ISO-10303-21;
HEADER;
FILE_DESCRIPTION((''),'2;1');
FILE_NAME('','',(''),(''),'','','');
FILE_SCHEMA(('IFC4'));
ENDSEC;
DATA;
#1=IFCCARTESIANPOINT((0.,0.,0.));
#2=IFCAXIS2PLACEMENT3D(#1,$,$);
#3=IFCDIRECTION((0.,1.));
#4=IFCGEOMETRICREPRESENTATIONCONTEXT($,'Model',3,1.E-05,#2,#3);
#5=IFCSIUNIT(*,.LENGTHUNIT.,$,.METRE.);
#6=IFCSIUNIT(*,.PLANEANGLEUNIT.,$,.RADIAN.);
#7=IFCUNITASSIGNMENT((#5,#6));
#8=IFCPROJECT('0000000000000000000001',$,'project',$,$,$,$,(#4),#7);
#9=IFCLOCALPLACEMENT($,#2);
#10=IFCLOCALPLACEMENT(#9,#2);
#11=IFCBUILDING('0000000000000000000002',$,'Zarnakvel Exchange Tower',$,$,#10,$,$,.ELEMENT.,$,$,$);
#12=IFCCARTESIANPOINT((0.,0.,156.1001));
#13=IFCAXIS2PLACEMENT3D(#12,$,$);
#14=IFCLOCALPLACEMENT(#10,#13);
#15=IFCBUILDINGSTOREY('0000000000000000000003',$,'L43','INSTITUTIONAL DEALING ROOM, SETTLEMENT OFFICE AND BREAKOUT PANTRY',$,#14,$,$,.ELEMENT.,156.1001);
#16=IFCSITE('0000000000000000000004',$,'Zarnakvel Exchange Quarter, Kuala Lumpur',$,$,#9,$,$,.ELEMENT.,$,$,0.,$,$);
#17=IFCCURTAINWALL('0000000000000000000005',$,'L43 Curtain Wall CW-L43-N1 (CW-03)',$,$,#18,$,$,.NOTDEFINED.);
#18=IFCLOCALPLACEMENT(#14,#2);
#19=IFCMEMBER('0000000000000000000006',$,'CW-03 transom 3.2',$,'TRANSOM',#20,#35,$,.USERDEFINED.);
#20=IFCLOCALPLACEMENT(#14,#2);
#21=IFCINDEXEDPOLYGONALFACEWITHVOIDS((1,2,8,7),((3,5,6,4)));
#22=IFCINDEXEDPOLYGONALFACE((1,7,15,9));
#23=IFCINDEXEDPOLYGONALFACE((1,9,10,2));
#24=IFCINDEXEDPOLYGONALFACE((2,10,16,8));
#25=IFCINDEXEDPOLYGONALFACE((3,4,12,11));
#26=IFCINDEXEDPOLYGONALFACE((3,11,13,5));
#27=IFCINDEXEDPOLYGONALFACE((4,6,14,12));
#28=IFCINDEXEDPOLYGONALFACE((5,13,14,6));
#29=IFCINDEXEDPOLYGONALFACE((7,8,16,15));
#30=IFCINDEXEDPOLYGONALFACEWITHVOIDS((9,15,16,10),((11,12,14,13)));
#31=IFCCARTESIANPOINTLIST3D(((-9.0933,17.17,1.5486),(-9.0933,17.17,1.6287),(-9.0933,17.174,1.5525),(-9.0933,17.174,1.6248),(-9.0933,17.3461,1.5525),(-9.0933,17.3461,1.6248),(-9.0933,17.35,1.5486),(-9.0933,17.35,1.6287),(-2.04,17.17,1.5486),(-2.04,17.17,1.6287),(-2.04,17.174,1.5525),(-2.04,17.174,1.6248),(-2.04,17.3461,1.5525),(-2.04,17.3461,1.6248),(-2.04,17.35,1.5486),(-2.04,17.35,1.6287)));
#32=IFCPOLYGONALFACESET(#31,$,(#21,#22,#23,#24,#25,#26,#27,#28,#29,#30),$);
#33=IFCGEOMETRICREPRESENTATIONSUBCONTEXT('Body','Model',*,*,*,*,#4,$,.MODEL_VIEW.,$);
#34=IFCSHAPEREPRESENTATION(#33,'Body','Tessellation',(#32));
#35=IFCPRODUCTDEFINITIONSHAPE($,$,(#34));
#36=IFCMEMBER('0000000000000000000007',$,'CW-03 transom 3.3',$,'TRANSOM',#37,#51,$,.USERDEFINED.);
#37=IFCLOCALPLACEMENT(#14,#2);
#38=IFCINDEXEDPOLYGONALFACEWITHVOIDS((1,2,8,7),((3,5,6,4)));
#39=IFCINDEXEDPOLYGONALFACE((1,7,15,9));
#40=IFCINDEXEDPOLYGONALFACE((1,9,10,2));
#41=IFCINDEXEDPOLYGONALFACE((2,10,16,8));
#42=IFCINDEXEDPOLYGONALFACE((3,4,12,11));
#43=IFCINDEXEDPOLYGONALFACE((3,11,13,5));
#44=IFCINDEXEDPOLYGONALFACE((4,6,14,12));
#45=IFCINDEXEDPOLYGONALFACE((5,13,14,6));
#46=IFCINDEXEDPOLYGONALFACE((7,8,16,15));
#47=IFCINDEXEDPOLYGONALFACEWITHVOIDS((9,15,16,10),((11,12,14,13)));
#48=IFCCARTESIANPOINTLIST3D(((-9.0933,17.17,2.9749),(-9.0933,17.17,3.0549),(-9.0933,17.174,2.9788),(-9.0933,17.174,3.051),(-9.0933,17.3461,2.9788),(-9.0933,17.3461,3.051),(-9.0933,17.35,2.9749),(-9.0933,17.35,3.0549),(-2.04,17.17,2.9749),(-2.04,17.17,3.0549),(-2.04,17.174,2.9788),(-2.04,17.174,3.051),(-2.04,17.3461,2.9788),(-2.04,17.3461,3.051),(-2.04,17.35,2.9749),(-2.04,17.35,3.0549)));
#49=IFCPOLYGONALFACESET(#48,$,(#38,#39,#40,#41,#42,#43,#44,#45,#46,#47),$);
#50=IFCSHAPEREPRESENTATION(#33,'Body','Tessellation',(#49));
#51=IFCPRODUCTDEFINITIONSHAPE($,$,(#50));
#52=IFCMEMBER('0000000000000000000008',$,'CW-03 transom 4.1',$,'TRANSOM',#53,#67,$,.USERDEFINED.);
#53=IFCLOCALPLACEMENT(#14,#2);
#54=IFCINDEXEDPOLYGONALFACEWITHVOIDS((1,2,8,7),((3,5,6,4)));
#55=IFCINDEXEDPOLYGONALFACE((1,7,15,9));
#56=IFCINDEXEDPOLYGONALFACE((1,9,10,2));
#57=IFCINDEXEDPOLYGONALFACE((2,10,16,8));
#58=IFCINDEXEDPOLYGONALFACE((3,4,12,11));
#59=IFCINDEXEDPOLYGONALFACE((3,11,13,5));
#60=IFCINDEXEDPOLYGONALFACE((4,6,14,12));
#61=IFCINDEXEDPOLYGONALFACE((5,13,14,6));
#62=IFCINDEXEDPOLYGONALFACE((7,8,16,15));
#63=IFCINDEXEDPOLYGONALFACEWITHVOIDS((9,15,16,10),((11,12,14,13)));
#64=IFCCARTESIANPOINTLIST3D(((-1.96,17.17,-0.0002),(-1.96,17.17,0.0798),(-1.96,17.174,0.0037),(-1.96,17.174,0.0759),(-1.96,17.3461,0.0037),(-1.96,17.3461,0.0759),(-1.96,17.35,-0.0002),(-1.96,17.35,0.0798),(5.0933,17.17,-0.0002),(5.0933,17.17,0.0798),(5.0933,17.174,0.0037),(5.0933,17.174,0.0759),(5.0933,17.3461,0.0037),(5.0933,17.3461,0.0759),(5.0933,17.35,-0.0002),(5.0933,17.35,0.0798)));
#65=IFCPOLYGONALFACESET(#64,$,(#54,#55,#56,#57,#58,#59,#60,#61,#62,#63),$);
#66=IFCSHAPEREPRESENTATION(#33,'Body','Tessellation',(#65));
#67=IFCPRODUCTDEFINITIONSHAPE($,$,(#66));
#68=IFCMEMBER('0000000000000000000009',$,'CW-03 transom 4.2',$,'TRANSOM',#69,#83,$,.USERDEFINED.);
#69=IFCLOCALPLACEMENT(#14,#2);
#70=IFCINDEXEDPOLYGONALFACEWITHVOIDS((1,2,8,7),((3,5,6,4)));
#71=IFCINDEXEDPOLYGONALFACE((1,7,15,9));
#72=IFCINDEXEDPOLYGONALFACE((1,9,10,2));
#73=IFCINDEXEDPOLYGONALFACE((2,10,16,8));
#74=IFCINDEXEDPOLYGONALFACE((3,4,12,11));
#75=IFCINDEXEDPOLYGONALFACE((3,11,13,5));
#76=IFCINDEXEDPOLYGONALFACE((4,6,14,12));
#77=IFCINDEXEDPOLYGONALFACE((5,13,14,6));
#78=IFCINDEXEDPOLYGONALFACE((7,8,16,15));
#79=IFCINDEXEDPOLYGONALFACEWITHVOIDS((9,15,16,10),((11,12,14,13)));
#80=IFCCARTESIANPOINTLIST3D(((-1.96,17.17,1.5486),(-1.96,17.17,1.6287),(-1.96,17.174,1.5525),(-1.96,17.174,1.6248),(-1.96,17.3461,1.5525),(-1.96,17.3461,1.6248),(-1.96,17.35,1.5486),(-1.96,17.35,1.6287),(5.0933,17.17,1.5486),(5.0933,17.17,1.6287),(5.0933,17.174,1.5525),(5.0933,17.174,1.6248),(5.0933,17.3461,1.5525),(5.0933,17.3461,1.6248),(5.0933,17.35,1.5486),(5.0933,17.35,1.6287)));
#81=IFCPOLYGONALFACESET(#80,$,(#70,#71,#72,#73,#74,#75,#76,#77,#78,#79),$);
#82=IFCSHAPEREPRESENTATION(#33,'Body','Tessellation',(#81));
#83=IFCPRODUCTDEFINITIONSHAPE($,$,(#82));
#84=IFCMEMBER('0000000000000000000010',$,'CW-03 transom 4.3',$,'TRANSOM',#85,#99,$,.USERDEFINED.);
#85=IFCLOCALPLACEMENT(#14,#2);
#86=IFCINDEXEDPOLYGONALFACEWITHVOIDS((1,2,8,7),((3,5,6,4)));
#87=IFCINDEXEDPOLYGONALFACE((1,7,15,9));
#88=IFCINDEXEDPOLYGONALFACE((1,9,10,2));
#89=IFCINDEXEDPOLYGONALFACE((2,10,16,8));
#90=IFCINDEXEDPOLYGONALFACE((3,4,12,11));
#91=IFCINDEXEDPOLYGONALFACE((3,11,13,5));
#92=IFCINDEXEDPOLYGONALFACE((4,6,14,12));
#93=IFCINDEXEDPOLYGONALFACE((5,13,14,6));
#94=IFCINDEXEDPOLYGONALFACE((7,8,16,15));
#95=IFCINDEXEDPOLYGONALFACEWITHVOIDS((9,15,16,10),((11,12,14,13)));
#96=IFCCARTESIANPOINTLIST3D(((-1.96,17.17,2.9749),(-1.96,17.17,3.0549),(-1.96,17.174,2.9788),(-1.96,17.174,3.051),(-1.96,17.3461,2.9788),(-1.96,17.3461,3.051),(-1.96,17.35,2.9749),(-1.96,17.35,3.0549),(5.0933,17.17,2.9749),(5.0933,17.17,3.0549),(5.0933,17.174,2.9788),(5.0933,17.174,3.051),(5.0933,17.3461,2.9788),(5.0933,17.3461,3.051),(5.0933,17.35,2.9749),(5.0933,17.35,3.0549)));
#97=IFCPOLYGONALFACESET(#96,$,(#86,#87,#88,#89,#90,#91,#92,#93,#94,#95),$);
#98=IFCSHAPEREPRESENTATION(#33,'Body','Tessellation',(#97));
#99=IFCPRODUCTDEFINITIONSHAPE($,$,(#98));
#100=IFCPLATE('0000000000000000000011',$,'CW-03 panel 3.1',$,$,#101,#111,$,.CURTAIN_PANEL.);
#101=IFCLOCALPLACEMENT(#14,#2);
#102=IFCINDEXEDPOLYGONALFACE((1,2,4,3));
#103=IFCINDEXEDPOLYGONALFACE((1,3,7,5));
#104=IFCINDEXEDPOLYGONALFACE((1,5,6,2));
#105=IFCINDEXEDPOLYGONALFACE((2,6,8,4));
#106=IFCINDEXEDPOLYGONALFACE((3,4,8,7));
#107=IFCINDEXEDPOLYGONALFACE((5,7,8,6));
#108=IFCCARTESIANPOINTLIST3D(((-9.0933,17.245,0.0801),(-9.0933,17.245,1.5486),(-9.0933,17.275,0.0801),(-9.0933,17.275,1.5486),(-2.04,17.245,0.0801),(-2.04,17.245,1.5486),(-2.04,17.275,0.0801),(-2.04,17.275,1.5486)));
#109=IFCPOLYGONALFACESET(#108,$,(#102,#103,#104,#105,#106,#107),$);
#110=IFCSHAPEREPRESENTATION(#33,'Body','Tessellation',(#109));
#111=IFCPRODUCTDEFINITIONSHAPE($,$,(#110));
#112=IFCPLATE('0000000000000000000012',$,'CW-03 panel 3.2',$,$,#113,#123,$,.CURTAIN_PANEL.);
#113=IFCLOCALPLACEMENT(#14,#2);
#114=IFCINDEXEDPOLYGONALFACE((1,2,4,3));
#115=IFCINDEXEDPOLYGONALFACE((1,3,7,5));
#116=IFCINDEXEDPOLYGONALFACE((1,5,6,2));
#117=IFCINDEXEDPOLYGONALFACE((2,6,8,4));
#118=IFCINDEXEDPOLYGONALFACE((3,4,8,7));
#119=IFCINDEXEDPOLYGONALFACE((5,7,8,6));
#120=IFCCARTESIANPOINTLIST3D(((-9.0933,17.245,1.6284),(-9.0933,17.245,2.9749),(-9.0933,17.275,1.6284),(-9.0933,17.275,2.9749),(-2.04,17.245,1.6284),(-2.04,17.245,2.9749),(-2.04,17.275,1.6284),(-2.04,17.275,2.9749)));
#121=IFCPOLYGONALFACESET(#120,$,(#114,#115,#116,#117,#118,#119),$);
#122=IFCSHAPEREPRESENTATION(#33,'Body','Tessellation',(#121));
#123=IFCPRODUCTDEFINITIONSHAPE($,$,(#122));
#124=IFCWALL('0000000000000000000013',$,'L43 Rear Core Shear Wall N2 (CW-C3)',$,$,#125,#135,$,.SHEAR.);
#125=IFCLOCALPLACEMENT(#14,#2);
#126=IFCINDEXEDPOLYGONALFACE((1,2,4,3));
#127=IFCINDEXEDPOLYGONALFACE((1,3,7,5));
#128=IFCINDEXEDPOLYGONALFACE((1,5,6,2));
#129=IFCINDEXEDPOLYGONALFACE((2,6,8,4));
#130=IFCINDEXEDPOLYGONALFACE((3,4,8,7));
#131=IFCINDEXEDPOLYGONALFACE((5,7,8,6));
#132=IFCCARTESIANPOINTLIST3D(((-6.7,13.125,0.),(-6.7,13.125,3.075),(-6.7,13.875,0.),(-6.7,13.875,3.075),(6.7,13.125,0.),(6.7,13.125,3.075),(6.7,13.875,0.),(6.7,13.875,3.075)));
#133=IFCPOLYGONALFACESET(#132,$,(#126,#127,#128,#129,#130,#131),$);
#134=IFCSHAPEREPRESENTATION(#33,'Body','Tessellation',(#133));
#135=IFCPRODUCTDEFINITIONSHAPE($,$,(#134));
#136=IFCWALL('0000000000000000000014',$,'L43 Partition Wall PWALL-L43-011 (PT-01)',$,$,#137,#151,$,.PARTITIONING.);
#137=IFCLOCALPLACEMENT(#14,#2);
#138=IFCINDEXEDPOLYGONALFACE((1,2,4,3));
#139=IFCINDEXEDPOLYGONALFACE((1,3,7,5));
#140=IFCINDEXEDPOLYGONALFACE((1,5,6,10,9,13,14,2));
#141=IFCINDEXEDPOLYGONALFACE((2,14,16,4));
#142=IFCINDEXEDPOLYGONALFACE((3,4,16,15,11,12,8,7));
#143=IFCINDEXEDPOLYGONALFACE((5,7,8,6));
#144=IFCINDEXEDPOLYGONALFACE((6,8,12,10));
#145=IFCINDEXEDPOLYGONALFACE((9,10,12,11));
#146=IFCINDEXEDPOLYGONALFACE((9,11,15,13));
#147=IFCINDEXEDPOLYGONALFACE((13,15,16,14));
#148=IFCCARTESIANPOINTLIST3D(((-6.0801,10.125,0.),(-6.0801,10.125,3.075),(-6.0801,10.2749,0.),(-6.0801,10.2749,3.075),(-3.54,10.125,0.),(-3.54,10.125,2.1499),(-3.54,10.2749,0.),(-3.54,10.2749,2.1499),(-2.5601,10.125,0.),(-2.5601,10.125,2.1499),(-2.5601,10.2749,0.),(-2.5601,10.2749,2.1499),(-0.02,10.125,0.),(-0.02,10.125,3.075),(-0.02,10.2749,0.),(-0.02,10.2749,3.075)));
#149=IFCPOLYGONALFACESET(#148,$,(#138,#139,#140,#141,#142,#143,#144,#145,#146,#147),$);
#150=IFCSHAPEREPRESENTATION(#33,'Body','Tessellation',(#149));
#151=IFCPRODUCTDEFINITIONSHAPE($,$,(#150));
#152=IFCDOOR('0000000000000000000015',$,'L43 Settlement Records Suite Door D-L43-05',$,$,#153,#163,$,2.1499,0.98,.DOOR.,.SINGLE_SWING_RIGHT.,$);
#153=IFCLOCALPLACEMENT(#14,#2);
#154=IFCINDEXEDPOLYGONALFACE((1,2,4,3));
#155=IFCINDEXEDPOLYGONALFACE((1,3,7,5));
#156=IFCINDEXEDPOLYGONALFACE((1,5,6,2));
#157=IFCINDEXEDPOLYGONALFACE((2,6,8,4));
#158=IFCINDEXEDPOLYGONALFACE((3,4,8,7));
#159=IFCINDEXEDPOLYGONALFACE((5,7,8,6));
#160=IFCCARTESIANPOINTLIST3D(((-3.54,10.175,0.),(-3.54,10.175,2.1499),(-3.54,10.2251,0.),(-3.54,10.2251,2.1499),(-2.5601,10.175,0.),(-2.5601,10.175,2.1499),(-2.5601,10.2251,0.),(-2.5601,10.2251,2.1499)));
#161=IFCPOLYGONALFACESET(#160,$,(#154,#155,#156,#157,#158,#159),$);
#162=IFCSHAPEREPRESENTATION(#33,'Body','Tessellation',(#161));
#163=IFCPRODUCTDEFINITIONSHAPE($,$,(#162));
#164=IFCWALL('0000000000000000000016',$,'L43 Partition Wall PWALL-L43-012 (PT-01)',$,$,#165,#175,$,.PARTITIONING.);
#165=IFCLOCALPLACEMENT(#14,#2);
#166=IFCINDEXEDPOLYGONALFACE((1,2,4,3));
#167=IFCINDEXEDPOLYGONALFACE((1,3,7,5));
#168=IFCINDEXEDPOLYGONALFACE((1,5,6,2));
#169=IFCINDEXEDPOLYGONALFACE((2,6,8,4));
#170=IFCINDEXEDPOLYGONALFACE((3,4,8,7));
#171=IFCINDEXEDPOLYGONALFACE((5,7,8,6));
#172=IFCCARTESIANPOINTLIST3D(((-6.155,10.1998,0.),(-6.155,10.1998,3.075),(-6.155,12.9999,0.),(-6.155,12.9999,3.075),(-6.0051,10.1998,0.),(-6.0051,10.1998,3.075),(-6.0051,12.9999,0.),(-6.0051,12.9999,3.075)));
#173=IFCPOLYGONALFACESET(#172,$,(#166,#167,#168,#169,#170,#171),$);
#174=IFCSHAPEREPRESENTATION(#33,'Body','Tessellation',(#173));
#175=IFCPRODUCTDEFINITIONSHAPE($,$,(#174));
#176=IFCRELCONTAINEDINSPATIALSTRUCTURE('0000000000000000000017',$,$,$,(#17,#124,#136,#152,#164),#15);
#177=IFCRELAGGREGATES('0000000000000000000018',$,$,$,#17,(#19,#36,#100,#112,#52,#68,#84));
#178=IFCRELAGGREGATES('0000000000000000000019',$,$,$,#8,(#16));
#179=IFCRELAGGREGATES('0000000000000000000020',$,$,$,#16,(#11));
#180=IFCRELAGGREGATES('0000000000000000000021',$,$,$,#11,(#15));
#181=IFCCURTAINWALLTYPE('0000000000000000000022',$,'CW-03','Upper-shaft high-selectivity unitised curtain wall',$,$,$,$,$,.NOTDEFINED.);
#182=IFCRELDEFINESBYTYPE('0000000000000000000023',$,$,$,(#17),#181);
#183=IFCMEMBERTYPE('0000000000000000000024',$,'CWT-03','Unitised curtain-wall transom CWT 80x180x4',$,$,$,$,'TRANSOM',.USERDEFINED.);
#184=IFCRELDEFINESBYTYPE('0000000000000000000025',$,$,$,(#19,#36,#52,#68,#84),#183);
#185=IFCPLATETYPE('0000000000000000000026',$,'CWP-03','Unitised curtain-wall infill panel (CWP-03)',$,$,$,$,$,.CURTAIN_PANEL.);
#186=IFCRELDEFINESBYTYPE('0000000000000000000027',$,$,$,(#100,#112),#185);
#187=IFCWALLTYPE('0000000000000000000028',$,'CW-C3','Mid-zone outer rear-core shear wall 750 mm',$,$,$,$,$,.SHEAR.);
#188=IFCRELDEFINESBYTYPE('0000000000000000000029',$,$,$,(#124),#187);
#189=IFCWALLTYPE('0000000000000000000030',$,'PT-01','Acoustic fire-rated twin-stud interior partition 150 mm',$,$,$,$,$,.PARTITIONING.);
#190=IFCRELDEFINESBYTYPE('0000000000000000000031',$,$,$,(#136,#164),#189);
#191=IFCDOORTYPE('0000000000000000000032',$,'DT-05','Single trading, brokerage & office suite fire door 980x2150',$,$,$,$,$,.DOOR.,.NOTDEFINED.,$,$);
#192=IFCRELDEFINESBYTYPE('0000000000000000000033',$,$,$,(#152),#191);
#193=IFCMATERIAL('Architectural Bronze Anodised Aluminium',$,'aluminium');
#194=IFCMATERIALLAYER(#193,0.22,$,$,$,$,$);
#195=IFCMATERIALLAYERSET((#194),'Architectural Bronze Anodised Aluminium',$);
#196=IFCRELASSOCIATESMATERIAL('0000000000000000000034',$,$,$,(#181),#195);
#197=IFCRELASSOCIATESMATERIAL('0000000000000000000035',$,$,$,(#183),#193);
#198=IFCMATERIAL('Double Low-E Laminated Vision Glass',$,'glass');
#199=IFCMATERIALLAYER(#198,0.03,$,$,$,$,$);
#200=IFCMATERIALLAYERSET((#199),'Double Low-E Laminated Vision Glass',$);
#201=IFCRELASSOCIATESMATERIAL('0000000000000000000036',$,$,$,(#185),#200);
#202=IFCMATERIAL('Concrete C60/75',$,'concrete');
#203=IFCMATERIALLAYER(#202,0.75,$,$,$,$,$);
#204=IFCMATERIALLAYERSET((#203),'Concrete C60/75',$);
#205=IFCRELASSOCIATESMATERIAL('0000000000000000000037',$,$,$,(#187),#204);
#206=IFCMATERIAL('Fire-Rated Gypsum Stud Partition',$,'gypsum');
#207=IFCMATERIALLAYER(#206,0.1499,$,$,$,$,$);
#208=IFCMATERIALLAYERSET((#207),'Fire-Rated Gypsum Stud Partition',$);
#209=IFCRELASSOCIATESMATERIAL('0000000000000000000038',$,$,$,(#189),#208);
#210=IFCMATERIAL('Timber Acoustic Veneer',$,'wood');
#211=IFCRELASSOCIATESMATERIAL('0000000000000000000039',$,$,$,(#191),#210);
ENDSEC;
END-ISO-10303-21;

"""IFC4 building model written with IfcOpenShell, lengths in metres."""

from ifc_helpers import new_model, si_unit, direction, frame, frame_2d, origin, origin_2d, place, context, subcontext, project, spatial, rectangle, hollow_rectangle, extrude, source, transform, mapped, material, layer, layer_set, material_profile, profile_set, type_object, element, fill, aggregate, save


model = new_model("IFC4")

# Units and contexts
model_context = context("Model", 3, precision=1e-05, world=origin(), true_north=direction((0.0, 1.0)))
body_context = subcontext(model_context, "Body", "Model", "MODEL_VIEW")
ifc_project = project(units=[si_unit("LENGTHUNIT", "METRE"), si_unit("PLANEANGLEUNIT", "RADIAN")], contexts=[model_context])

# Site, building, storey
site_placement = place(None, origin())
site = spatial("IfcSite", under=ifc_project, at=site_placement, Name="Zarnakvel Exchange Quarter, Kuala Lumpur", CompositionType="ELEMENT", RefElevation=0.0)
building_placement = place(site_placement, origin())
building = spatial("IfcBuilding", under=site, at=building_placement, Name="Zarnakvel Exchange Tower", CompositionType="ELEMENT")
storey_placement = place(building_placement, frame((0.0, 0.0, 156.1001)))
storey = spatial("IfcBuildingStorey", under=building, at=storey_placement, Name="L43", Description="INSTITUTIONAL DEALING ROOM, SETTLEMENT OFFICE AND BREAKOUT PANTRY", CompositionType="ELEMENT", Elevation=156.1001)

# Shared definitions
ifc_material_1 = material(Name="Concrete C60/75", Category="concrete")

# Curtain wall, members, plates
ifc_material_2 = material(Name="Architectural Bronze Anodised Aluminium", Category="aluminium")
ifc_layer_1 = layer(ifc_material_2, 0.22)
ifc_layer_set_1 = layer_set([ifc_layer_1], Name="Architectural Bronze Anodised Aluminium")
curtain_wall_type = type_object("IfcCurtainWallType", Name="CW-03", Description="Upper-shaft high-selectivity unitised curtain wall", PredefinedType="NOTDEFINED", material=ifc_layer_set_1)
curtain_wall_placement = place(storey_placement, origin())
curtain_wall = element("IfcCurtainWall", 1, at=curtain_wall_placement, inside=storey, type_object=curtain_wall_type, Name="L43 Curtain Wall CW-L43-N1 (CW-03)", PredefinedType="NOTDEFINED")
ifc_material_profile_1 = material_profile(ifc_material_2, hollow_rectangle(XDim=0.1799, YDim=0.0801, WallThickness=0.0039, at=origin_2d()))
ifc_profile_set_1 = profile_set([ifc_material_profile_1], Name="Architectural Bronze Anodised Aluminium")
member_type_1 = type_object("IfcMemberType", Name="CWT-03", Description="Unitised curtain-wall transom CWT 80x180x4", ElementType="TRANSOM", PredefinedType="USERDEFINED", material=ifc_profile_set_1)
shared_shape_1 = source(origin(), body_context, "Body", "SweptSolid", [
    extrude(hollow_rectangle(XDim=0.1799, YDim=0.0801, WallThickness=0.0039, at=origin_2d()), origin(), (0.0, 0.0, 1.0), 7.0532),
])
member_1_placement = place(storey_placement, frame((-9.0933, 17.26, 1.5886), z_axis=(1.0, 0.0, 0.0), x_axis=(0.0, 1.0, 0.0)))
member_1 = element("IfcMember", 2, at=member_1_placement, type_object=member_type_1, Name="CW-03 transom 3.2", ObjectType="TRANSOM", PredefinedType="USERDEFINED", context=body_context, shape_type="MappedRepresentation", body=[
    mapped(shared_shape_1, transform((0.0, 0.0, 0.0), x_axis=(1.0, 0.0, 0.0), y_axis=(0.0, 1.0, 0.0), z_axis=(0.0, 0.0, 1.0), scale=1.0)),
])
member_2_placement = place(storey_placement, frame((-9.0933, 17.26, 3.0149), z_axis=(1.0, 0.0, 0.0), x_axis=(0.0, 1.0, 0.0)))
member_2 = element("IfcMember", 3, at=member_2_placement, type_object=member_type_1, Name="CW-03 transom 3.3", ObjectType="TRANSOM", PredefinedType="USERDEFINED", context=body_context, shape_type="MappedRepresentation", body=[
    mapped(shared_shape_1, transform((0.0, 0.0, 0.0), x_axis=(1.0, 0.0, 0.0), y_axis=(0.0, 1.0, 0.0), z_axis=(0.0, 0.0, 1.0), scale=1.0)),
])
member_3_placement = place(storey_placement, frame((-1.96, 17.26, 0.0398), z_axis=(1.0, 0.0, 0.0), x_axis=(0.0, 1.0, 0.0)))
member_3 = element("IfcMember", 4, at=member_3_placement, type_object=member_type_1, Name="CW-03 transom 4.1", ObjectType="TRANSOM", PredefinedType="USERDEFINED", context=body_context, shape_type="MappedRepresentation", body=[
    mapped(shared_shape_1, transform((0.0, 0.0, 0.0), x_axis=(1.0, 0.0, 0.0), y_axis=(0.0, 1.0, 0.0), z_axis=(0.0, 0.0, 1.0), scale=1.0)),
])
member_4_placement = place(storey_placement, frame((-1.96, 17.26, 1.5886), z_axis=(1.0, 0.0, 0.0), x_axis=(0.0, 1.0, 0.0)))
member_4 = element("IfcMember", 5, at=member_4_placement, type_object=member_type_1, Name="CW-03 transom 4.2", ObjectType="TRANSOM", PredefinedType="USERDEFINED", context=body_context, shape_type="MappedRepresentation", body=[
    mapped(shared_shape_1, transform((0.0, 0.0, 0.0), x_axis=(1.0, 0.0, 0.0), y_axis=(0.0, 1.0, 0.0), z_axis=(0.0, 0.0, 1.0), scale=1.0)),
])
member_5_placement = place(storey_placement, frame((-1.96, 17.26, 3.0149), z_axis=(1.0, 0.0, 0.0), x_axis=(0.0, 1.0, 0.0)))
member_5 = element("IfcMember", 6, at=member_5_placement, type_object=member_type_1, Name="CW-03 transom 4.3", ObjectType="TRANSOM", PredefinedType="USERDEFINED", context=body_context, shape_type="MappedRepresentation", body=[
    mapped(shared_shape_1, transform((0.0, 0.0, 0.0), x_axis=(1.0, 0.0, 0.0), y_axis=(0.0, 1.0, 0.0), z_axis=(0.0, 0.0, 1.0), scale=1.0)),
])
ifc_material_3 = material(Name="Double Low-E Laminated Vision Glass", Category="glass")
ifc_layer_2 = layer(ifc_material_3, 0.03)
ifc_layer_set_2 = layer_set([ifc_layer_2], Name="Double Low-E Laminated Vision Glass")
plate_type = type_object("IfcPlateType", Name="CWP-03", Description="Unitised curtain-wall infill panel (CWP-03)", PredefinedType="CURTAIN_PANEL", material=ifc_layer_set_2)
shared_shape_2 = source(origin(), body_context, "Body", "SweptSolid", [
    extrude(rectangle(XDim=7.0532, YDim=0.03, at=origin_2d()), origin(), (0.0, 0.0, 1.0), 1.4685),
])
plate_1_placement = place(storey_placement, frame((-5.5667, 17.26, 0.0801), z_axis=(0.0, 0.0, 1.0), x_axis=(1.0, 0.0, 0.0)))
plate_1 = element("IfcPlate", 7, at=plate_1_placement, type_object=plate_type, Name="CW-03 panel 3.1", PredefinedType="CURTAIN_PANEL", context=body_context, shape_type="MappedRepresentation", body=[
    mapped(shared_shape_2, transform((0.0, 0.0, 0.0), x_axis=(1.0, 0.0, 0.0), y_axis=(0.0, 1.0, 0.0), z_axis=(0.0, 0.0, 1.0), scale=1.0)),
])
shared_shape_3 = source(origin(), body_context, "Body", "SweptSolid", [
    extrude(rectangle(XDim=7.0532, YDim=0.03, at=origin_2d()), origin(), (0.0, 0.0, 1.0), 1.3464),
])
plate_2_placement = place(storey_placement, frame((-5.5667, 17.26, 1.6284), z_axis=(0.0, 0.0, 1.0), x_axis=(1.0, 0.0, 0.0)))
plate_2 = element("IfcPlate", 8, at=plate_2_placement, type_object=plate_type, Name="CW-03 panel 3.2", PredefinedType="CURTAIN_PANEL", context=body_context, shape_type="MappedRepresentation", body=[
    mapped(shared_shape_3, transform((0.0, 0.0, 0.0), x_axis=(1.0, 0.0, 0.0), y_axis=(0.0, 1.0, 0.0), z_axis=(0.0, 0.0, 1.0), scale=1.0)),
])
aggregate(curtain_wall, [member_1, member_2, plate_1, plate_2, member_3, member_4, member_5])

# Wall
ifc_layer_3 = layer(ifc_material_1, 0.75)
ifc_layer_set_3 = layer_set([ifc_layer_3], Name="Concrete C60/75")
wall_type_1 = type_object("IfcWallType", Name="CW-C3", Description="Mid-zone outer rear-core shear wall 750 mm", PredefinedType="SHEAR", material=ifc_layer_set_3)
wall_1_placement = place(storey_placement, frame((-6.7, 13.5, 0.0), z_axis=(0.0, 0.0, 1.0), x_axis=(1.0, 0.0, 0.0)))
element("IfcWall", 9, at=wall_1_placement, inside=storey, type_object=wall_type_1, Name="L43 Rear Core Shear Wall N2 (CW-C3)", PredefinedType="SHEAR", context=body_context, shape_type="SweptSolid", body=[
    extrude(rectangle(XDim=13.3999, YDim=0.75, at=frame_2d((6.7, 0.0))), origin(), (0.0, 0.0, 1.0), 3.075),
])

# Wall, opening, door
ifc_material_4 = material(Name="Fire-Rated Gypsum Stud Partition", Category="gypsum")
ifc_layer_4 = layer(ifc_material_4, 0.1499)
ifc_layer_set_4 = layer_set([ifc_layer_4], Name="Fire-Rated Gypsum Stud Partition")
wall_type_2 = type_object("IfcWallType", Name="PT-01", Description="Acoustic fire-rated twin-stud interior partition 150 mm", PredefinedType="PARTITIONING", material=ifc_layer_set_4)
wall_2_placement = place(storey_placement, frame((-0.02, 10.2, 0.0), z_axis=(0.0, 0.0, 1.0), x_axis=(-1.0, 0.0, 0.0)))
wall_2 = element("IfcWall", 10, at=wall_2_placement, inside=storey, type_object=wall_type_2, Name="L43 Partition Wall PWALL-L43-011 (PT-01)", PredefinedType="PARTITIONING", context=body_context, shape_type="SweptSolid", body=[
    extrude(rectangle(XDim=6.0601, YDim=0.1499, at=frame_2d((3.03, 0.0))), origin(), (0.0, 0.0, 1.0), 3.075),
])
opening_1_placement = place(wall_2_placement, frame((2.54, 0.0, 0.0)))
opening_1 = element("IfcOpeningElement", 11, at=opening_1_placement, cuts=wall_2, PredefinedType="OPENING", context=body_context, shape_type="SweptSolid", body=[
    extrude(rectangle(XDim=0.98, YDim=2.1499, at=frame_2d((0.49, 1.075))), frame((0.0, 0.085, 0.0), z_axis=(0.0, -1.0, 0.0), x_axis=(1.0, 0.0, 0.0)), (0.0, 0.0, 1.0), 0.1699),
])
ifc_material_5 = material(Name="Timber Acoustic Veneer", Category="wood")
door_type = type_object("IfcDoorType", Name="DT-05", Description="Single trading, brokerage & office suite fire door 980x2150", OperationType="NOTDEFINED", PredefinedType="DOOR", material=ifc_material_5)
shared_shape_4 = source(origin(), body_context, "Body", "SweptSolid", [
    extrude(rectangle(XDim=0.98, YDim=2.1499, at=frame_2d((0.49, 1.075))), frame((0.0, 0.0249, 0.0), z_axis=(0.0, -1.0, 0.0), x_axis=(1.0, 0.0, 0.0)), (0.0, 0.0, 1.0), 0.05),
])
door_1_placement = place(opening_1_placement, origin())
door_1 = element("IfcDoor", 12, at=door_1_placement, inside=storey, type_object=door_type, Name="L43 Settlement Records Suite Door D-L43-05", OperationType="SINGLE_SWING_RIGHT", OverallHeight=2.1499, OverallWidth=0.98, PredefinedType="DOOR", context=body_context, shape_type="MappedRepresentation", body=[
    mapped(shared_shape_4, transform((0.0, 0.0, 0.0), x_axis=(1.0, 0.0, 0.0), y_axis=(0.0, 1.0, 0.0), z_axis=(0.0, 0.0, 1.0), scale=1.0)),
])
fill(opening_1, door_1)

# Wall
for number, where, z_axis, x_axis, name in (
    (13, (-6.0801, 10.2, 0.0), (0.0, 0.0, 1.0), (0.0, 1.0, 0.0), "L43 Partition Wall PWALL-L43-012 (PT-01)"),
):
    element("IfcWall", number, at=place(storey_placement, frame(where, z_axis=z_axis, x_axis=x_axis)), inside=storey, type_object=wall_type_2, Name=name, PredefinedType="PARTITIONING", context=body_context, shape_type="SweptSolid", body=[
        extrude(rectangle(XDim=2.8, YDim=0.1499, at=frame_2d((1.3999, 0.0))), origin(), (0.0, 0.0, 1.0), 3.075),
    ])

save(model, "model.ifc")
